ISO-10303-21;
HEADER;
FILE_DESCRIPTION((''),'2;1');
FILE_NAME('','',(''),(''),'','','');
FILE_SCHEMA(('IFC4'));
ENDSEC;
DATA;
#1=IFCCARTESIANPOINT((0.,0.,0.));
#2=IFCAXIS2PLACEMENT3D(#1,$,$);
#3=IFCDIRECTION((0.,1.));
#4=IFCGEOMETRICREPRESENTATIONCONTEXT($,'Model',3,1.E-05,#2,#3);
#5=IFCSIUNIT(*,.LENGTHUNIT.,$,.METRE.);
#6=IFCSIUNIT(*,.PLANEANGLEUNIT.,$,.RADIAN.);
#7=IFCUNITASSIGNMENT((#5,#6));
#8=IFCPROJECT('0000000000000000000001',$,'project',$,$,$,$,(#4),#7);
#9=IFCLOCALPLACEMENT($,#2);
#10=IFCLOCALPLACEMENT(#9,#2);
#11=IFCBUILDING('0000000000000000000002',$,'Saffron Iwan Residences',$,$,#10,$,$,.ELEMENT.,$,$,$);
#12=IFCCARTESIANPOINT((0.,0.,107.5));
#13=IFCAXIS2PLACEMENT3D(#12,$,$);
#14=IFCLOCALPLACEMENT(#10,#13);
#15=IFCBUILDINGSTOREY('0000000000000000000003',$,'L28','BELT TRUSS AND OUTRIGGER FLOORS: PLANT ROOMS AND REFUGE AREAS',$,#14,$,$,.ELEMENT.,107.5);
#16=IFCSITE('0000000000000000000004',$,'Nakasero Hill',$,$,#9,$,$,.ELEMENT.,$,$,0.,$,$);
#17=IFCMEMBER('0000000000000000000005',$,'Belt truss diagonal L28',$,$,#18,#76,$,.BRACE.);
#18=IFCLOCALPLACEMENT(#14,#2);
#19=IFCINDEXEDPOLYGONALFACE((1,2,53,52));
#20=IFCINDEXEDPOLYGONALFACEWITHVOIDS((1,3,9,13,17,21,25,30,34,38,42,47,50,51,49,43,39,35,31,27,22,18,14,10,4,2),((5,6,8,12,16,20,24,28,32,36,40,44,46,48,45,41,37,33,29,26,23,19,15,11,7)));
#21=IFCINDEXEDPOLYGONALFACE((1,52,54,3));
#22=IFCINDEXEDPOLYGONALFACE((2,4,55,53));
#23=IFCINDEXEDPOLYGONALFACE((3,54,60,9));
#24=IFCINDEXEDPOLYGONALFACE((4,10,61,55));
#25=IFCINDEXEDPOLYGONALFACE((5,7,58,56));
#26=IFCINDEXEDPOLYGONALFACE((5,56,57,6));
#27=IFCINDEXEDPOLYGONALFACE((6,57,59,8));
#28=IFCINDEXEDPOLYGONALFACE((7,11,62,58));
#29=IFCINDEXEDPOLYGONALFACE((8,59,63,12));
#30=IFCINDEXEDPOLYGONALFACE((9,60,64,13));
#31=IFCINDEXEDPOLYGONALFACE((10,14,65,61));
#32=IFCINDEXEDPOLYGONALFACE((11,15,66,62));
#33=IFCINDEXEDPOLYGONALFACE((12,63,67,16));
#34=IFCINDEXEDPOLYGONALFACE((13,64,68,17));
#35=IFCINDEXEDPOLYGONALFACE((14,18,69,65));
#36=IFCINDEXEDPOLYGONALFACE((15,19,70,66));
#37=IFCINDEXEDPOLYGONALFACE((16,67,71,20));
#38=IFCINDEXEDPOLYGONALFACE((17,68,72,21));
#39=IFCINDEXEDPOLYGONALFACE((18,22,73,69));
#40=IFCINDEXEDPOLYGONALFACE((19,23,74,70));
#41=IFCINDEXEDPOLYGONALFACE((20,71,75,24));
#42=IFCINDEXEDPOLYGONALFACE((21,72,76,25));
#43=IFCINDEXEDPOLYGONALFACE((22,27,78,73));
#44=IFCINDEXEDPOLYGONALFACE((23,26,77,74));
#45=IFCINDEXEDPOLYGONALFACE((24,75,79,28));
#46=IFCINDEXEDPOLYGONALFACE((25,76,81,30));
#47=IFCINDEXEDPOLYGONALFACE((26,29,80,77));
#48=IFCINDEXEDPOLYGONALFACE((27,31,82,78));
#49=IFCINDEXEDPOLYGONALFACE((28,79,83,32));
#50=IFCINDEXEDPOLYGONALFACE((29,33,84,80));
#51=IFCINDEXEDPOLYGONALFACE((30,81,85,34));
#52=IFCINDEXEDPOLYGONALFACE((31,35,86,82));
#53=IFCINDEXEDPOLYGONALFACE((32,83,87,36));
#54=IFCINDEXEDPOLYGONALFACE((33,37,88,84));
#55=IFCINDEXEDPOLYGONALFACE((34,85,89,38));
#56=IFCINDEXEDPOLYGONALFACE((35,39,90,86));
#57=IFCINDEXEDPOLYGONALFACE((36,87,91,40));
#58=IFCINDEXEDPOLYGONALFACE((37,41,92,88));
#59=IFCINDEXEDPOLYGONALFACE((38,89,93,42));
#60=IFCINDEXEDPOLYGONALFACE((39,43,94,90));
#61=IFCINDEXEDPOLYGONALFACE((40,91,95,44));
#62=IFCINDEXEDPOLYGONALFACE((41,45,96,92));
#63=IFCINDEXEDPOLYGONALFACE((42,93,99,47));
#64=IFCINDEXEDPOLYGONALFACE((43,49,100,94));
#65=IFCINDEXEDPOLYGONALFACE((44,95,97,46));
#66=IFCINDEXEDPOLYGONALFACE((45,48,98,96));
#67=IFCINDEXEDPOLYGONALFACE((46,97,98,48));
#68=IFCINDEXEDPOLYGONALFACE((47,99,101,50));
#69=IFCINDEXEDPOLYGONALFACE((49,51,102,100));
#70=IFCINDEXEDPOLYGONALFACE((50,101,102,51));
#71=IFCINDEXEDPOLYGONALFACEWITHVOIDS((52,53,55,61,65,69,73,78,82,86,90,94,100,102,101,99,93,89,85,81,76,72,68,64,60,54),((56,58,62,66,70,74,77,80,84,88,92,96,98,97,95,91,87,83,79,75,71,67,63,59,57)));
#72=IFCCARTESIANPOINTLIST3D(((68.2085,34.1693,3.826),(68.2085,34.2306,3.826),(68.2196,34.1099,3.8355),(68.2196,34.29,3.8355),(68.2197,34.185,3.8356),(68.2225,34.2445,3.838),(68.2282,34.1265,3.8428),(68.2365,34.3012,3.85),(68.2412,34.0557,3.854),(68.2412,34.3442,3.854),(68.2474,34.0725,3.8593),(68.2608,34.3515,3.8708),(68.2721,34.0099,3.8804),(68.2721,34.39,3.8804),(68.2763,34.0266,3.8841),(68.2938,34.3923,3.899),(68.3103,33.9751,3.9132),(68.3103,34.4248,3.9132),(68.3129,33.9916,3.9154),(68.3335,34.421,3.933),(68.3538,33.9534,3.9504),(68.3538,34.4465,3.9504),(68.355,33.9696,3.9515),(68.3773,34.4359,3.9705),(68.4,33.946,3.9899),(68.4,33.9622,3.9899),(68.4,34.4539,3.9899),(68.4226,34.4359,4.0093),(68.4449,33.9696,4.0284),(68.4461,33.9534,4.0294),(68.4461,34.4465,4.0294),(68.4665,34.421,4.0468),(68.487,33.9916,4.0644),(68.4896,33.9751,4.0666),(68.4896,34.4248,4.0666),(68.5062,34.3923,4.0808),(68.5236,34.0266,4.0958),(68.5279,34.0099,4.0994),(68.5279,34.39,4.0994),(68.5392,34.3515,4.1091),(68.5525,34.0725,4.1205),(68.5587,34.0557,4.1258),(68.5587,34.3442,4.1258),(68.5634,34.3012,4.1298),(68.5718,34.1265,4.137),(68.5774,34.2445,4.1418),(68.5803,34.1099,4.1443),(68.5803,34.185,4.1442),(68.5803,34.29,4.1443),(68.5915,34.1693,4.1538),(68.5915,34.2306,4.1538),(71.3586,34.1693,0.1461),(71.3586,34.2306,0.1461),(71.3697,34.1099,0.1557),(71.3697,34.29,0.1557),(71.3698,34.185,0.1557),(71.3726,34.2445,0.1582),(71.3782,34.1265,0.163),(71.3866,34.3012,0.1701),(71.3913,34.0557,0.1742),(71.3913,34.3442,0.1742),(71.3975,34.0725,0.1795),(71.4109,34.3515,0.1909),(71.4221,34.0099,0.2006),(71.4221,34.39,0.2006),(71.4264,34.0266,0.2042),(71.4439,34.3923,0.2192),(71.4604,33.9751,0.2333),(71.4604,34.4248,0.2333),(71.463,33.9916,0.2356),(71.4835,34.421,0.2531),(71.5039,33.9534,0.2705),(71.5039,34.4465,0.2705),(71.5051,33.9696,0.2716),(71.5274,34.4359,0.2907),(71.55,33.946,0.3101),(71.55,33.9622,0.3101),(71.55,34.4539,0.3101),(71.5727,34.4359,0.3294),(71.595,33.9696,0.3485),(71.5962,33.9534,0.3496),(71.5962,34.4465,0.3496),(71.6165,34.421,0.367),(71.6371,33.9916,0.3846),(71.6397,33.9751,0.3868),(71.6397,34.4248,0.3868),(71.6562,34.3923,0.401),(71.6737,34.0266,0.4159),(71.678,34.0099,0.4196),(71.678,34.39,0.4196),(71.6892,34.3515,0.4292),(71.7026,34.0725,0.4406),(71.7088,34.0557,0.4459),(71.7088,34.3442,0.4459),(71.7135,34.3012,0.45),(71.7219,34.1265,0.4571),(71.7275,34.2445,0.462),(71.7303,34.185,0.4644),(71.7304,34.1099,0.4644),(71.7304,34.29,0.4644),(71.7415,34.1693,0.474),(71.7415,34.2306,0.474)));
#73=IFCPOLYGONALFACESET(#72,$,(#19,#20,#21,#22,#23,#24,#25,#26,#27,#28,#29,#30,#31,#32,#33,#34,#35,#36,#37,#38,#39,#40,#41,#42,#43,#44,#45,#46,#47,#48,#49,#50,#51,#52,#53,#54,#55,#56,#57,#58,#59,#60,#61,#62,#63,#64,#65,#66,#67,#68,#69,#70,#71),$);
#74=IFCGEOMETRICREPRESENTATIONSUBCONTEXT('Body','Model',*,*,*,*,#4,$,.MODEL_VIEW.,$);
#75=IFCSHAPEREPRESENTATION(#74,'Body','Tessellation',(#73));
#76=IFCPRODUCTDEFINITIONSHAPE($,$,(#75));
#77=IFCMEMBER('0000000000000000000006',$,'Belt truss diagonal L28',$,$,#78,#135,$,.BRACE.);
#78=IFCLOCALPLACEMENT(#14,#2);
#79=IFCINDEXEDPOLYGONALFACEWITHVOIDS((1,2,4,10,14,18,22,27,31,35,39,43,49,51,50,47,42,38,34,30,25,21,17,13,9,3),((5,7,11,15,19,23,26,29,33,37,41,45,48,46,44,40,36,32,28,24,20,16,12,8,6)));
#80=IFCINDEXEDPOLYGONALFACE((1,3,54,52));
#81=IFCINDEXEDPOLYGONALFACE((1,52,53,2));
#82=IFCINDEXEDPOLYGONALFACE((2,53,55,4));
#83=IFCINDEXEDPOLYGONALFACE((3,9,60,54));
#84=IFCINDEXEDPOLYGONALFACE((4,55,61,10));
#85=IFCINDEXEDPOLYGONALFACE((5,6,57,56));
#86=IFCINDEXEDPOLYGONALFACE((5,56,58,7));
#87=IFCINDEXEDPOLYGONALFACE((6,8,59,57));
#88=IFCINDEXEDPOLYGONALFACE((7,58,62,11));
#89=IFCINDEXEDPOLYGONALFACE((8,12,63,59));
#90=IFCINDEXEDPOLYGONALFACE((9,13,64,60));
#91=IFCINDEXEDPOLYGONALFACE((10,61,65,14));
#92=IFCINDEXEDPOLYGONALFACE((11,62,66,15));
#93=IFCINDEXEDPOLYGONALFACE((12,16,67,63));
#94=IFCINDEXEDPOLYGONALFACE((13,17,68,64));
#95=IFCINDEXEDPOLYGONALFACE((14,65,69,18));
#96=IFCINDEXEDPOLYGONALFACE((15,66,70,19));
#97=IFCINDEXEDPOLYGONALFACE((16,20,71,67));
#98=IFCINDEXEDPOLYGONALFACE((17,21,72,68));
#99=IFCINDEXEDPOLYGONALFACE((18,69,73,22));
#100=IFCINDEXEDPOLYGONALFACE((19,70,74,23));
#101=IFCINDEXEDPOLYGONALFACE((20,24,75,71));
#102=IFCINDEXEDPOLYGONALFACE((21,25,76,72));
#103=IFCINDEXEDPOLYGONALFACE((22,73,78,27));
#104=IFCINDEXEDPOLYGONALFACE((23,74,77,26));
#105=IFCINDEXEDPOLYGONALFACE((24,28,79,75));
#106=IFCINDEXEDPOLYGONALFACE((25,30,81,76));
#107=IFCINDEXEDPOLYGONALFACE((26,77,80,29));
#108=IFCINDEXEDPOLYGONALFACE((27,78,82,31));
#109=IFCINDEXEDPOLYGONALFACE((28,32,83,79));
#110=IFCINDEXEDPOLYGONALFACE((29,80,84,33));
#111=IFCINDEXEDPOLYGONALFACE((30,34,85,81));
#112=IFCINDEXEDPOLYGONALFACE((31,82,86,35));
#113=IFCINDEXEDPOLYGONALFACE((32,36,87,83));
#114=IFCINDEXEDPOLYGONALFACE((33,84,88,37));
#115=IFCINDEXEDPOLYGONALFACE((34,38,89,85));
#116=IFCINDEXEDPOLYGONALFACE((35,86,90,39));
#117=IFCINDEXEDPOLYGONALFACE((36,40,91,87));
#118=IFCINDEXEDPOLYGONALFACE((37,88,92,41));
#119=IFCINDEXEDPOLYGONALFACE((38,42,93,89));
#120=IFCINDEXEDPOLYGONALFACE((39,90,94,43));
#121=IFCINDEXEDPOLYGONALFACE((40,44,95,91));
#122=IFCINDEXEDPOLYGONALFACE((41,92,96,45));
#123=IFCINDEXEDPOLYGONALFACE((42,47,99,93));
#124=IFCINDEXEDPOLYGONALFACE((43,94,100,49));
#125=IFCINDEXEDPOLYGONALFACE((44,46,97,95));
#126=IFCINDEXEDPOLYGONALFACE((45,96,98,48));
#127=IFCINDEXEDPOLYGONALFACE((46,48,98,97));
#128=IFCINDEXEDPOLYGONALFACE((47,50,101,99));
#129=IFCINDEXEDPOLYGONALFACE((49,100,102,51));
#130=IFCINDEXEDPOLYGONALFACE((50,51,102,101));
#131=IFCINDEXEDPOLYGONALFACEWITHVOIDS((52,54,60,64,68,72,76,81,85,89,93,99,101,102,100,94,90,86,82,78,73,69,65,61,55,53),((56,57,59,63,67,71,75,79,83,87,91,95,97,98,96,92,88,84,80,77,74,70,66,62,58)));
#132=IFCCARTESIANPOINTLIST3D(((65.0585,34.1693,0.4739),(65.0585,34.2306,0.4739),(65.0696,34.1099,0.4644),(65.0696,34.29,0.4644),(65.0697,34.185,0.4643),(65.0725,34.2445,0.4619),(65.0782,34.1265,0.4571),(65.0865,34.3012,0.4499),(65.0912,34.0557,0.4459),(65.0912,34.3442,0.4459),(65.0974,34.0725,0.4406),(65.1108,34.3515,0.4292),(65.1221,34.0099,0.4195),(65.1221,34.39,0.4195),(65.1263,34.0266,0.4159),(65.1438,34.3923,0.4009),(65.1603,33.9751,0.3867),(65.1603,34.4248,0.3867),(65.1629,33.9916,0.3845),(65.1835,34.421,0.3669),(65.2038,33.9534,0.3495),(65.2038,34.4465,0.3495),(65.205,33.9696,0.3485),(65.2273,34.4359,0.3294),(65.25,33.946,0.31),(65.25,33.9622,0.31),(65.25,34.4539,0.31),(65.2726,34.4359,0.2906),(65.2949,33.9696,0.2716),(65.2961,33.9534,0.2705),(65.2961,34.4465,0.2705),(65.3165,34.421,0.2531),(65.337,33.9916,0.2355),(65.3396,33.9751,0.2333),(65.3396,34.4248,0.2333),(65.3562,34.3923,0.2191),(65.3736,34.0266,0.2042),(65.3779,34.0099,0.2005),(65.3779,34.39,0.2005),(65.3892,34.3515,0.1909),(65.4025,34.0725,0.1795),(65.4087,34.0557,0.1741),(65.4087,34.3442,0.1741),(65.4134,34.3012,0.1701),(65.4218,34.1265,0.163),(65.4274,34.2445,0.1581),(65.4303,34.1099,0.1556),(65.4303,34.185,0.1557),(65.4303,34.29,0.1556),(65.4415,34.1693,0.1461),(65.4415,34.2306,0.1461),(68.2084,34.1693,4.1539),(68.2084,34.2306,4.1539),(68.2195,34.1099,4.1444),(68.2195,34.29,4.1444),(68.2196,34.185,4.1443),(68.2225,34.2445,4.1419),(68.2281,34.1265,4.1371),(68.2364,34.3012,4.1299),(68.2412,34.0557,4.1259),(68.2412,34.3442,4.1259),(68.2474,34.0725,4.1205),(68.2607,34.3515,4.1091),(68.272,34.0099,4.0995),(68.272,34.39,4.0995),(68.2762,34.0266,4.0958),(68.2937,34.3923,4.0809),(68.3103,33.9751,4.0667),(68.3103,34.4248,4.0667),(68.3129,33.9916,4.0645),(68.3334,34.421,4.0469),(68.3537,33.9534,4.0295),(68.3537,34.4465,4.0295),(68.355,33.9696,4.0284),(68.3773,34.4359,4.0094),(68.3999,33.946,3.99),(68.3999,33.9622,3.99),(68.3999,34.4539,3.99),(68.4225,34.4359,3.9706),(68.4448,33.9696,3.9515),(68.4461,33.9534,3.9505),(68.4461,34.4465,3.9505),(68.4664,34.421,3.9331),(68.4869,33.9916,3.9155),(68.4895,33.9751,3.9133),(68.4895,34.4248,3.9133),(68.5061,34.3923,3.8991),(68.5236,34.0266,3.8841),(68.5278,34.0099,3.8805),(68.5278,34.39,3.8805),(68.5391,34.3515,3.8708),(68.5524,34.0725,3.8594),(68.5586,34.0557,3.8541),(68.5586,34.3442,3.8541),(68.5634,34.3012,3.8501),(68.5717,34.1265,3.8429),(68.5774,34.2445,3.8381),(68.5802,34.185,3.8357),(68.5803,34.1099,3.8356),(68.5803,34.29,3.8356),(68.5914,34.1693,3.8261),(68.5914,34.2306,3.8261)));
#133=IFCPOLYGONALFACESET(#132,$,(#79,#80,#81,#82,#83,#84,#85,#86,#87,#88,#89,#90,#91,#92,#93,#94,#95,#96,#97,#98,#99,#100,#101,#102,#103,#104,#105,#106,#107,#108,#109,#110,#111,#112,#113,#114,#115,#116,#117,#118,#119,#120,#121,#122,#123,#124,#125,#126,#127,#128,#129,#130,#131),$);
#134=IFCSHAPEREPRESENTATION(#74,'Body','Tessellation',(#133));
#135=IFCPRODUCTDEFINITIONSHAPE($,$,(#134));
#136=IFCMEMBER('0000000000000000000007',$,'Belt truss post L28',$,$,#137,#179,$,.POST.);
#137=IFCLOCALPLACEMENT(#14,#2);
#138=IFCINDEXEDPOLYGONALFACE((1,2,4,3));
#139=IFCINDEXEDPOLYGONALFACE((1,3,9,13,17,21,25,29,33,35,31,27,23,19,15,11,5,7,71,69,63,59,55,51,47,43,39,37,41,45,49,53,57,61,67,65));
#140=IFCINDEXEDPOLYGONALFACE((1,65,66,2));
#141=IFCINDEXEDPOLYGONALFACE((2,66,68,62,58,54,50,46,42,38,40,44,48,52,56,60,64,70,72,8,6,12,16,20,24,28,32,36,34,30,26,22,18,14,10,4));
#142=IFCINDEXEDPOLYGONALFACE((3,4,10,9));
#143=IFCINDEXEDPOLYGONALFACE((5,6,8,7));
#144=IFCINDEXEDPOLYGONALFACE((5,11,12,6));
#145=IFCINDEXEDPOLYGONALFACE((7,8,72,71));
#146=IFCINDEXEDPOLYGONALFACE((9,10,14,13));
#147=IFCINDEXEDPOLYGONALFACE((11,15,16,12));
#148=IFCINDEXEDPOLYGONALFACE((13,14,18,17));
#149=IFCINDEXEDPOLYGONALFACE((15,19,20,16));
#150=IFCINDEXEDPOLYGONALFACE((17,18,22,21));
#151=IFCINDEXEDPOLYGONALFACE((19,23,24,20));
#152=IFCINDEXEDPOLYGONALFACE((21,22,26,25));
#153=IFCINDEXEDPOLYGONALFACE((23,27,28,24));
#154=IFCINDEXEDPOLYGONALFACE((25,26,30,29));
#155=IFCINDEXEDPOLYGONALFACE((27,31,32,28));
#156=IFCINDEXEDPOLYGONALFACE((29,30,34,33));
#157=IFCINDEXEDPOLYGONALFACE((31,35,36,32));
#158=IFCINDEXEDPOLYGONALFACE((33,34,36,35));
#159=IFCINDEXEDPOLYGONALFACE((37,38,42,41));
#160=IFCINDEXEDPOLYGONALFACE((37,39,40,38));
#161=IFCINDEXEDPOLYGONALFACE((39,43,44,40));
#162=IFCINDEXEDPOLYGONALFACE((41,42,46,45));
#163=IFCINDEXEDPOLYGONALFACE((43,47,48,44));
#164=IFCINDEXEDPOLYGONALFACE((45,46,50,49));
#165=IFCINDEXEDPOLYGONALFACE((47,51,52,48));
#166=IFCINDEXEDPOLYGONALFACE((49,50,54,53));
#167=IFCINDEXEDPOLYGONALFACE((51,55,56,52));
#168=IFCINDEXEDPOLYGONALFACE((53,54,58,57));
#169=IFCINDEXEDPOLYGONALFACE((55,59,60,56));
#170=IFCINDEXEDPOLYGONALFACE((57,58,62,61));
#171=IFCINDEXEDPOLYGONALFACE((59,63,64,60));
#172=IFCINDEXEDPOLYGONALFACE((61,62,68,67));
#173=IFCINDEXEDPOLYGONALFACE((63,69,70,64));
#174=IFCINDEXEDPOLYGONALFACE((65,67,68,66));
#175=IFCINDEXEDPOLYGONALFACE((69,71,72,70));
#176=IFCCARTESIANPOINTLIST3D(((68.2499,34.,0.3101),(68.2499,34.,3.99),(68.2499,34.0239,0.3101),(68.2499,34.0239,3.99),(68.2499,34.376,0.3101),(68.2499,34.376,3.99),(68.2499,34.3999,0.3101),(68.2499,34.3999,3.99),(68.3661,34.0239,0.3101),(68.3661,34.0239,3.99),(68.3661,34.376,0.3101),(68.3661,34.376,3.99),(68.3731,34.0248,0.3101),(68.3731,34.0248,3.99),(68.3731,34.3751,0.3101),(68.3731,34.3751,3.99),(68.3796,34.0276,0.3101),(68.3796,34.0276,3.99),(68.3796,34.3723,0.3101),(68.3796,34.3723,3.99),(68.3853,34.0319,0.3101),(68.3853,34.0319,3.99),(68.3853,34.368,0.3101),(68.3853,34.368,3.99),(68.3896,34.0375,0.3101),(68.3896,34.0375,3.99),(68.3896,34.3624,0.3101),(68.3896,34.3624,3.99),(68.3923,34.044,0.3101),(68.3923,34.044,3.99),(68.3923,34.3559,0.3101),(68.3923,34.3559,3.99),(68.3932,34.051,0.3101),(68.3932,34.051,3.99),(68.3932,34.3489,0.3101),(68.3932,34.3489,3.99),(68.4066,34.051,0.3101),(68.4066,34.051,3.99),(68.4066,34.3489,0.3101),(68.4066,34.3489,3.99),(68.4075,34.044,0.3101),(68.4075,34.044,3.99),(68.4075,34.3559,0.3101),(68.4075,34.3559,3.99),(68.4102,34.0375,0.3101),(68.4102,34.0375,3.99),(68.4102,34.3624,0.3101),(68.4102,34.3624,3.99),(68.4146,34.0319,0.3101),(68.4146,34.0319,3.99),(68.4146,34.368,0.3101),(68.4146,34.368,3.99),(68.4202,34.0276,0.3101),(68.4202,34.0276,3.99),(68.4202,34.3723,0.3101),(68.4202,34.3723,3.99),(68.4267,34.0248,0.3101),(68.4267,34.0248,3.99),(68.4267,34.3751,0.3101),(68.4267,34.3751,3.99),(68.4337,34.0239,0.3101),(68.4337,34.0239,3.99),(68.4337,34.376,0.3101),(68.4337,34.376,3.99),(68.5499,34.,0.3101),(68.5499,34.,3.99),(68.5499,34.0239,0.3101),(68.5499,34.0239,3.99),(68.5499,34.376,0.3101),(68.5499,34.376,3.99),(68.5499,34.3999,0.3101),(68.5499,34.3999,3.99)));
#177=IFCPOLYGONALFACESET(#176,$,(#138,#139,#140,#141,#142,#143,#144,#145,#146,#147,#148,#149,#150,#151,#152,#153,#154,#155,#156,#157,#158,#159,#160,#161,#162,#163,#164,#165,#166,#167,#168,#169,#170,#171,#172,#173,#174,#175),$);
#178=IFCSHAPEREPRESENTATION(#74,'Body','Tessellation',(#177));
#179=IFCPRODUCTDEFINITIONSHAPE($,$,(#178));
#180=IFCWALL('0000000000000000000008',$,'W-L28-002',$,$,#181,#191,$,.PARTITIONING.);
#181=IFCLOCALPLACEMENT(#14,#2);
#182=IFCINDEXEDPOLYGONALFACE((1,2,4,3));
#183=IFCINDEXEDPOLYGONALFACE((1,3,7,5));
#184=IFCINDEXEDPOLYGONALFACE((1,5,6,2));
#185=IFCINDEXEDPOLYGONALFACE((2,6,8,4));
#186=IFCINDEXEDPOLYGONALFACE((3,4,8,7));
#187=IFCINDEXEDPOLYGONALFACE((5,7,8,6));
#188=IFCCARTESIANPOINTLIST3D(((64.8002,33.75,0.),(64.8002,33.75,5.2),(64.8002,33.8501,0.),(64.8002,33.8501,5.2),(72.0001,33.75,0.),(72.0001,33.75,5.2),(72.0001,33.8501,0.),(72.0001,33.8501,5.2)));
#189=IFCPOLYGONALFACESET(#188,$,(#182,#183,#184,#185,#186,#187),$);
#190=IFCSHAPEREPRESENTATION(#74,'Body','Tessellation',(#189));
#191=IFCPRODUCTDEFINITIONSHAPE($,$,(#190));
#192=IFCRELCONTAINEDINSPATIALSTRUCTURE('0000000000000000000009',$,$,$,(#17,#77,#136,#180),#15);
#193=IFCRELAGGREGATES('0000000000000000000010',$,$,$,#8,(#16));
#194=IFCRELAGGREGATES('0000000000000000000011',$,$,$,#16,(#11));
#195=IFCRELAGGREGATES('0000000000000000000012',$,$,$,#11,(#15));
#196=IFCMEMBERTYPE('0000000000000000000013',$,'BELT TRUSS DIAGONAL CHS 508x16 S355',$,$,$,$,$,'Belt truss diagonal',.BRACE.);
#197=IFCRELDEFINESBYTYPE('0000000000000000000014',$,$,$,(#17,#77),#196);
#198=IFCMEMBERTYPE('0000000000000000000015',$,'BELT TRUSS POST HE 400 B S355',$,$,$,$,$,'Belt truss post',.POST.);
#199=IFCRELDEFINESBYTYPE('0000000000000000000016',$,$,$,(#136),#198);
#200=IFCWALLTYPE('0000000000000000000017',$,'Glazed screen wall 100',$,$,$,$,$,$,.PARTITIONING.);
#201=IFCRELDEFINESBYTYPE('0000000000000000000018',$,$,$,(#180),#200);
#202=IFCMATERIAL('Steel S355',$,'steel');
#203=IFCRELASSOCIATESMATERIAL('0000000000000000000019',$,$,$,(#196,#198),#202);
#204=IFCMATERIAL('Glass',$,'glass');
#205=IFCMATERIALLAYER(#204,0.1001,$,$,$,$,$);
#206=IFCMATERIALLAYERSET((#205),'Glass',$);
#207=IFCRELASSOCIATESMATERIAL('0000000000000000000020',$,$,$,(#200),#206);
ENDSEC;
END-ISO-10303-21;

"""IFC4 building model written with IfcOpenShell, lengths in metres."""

from ifc_helpers import new_model, si_unit, direction, frame, frame_2d, origin, origin_2d, place, context, subcontext, project, spatial, rectangle, hollow_circle, i_section, extrude, source, transform, mapped, material, layer, layer_set, material_profile, profile_set, type_object, element, save


model = new_model("IFC4")

# Units and contexts
model_context = context("Model", 3, precision=1e-05, world=origin(), true_north=direction((0.0, 1.0)))
body_context = subcontext(model_context, "Body", "Model", "MODEL_VIEW")
ifc_project = project(units=[si_unit("LENGTHUNIT", "METRE"), si_unit("PLANEANGLEUNIT", "RADIAN")], contexts=[model_context])

# Site, building, storey
site_placement = place(None, origin())
site = spatial("IfcSite", under=ifc_project, at=site_placement, Name="Nakasero Hill", CompositionType="ELEMENT", RefElevation=0.0)
building_placement = place(site_placement, origin())
building = spatial("IfcBuilding", under=site, at=building_placement, Name="Saffron Iwan Residences", CompositionType="ELEMENT")
storey_placement = place(building_placement, frame((0.0, 0.0, 107.5)))
storey = spatial("IfcBuildingStorey", under=building, at=storey_placement, Name="L28", Description="BELT TRUSS AND OUTRIGGER FLOORS: PLANT ROOMS AND REFUGE AREAS", CompositionType="ELEMENT", Elevation=107.5)

# Members
ifc_material_1 = material(Name="Steel S355", Category="steel")
ifc_material_profile_1 = material_profile(ifc_material_1, hollow_circle(Radius=0.2539, WallThickness=0.0161, at=origin_2d()), Name="CHS 508x16")
ifc_profile_set_1 = profile_set([ifc_material_profile_1], Name="Steel S355")
member_type_1 = type_object("IfcMemberType", Name="BELT TRUSS DIAGONAL CHS 508x16 S355", ElementType="Belt truss diagonal", PredefinedType="BRACE", material=ifc_profile_set_1)
shared_shape_1 = source(origin(), body_context, "Body", "SweptSolid", [
    extrude(hollow_circle(Radius=0.2539, WallThickness=0.0161, at=origin_2d()), origin(), (0.0, 0.0, 1.0), 4.844),
])
for number, where, z_axis, x_axis, name in (
    (1, (71.55, 34.2, 0.3101), (-0.650306, 0.0, 0.759673), (0.0, -1.0, 0.0), "Belt truss diagonal L28"),
    (2, (68.3999, 34.2, 3.99), (-0.650277, 0.0, -0.759698), (0.0, -1.0, 0.0), "Belt truss diagonal L28"),
):
    element("IfcMember", number, at=place(storey_placement, frame(where, z_axis=z_axis, x_axis=x_axis)), inside=storey, type_object=member_type_1, Name=name, PredefinedType="BRACE", context=body_context, shape_type="MappedRepresentation", body=[
        mapped(shared_shape_1, transform((0.0, 0.0, 0.0))),
    ])
ifc_material_profile_2 = material_profile(ifc_material_1, i_section(OverallWidth=0.3, OverallDepth=0.3999, WebThickness=0.0134, FlangeThickness=0.0239, FilletRadius=0.0271, at=origin_2d()), Name="HE 400 B")
ifc_profile_set_2 = profile_set([ifc_material_profile_2], Name="Steel S355")
member_type_2 = type_object("IfcMemberType", Name="BELT TRUSS POST HE 400 B S355", ElementType="Belt truss post", PredefinedType="POST", material=ifc_profile_set_2)
shared_shape_2 = source(origin(), body_context, "Body", "SweptSolid", [
    extrude(i_section(OverallWidth=0.3, OverallDepth=0.3999, WebThickness=0.0134, FlangeThickness=0.0239, FilletRadius=0.0271, at=origin_2d()), origin(), (0.0, 0.0, 1.0), 3.6799),
])
member_placement = place(storey_placement, frame((68.3999, 34.2, 0.3101), z_axis=(0.0, 0.0, 1.0), x_axis=(1.0, 0.0, 0.0)))
element("IfcMember", 3, at=member_placement, inside=storey, type_object=member_type_2, Name="Belt truss post L28", PredefinedType="POST", context=body_context, shape_type="MappedRepresentation", body=[
    mapped(shared_shape_2, transform((0.0, 0.0, 0.0))),
])

# Wall
ifc_material_2 = material(Name="Glass", Category="glass")
ifc_layer = layer(ifc_material_2, 0.1001)
ifc_layer_set = layer_set([ifc_layer], Name="Glass")
wall_type = type_object("IfcWallType", Name="Glazed screen wall 100", PredefinedType="PARTITIONING", material=ifc_layer_set)
for number, where, z_axis, x_axis, name in (
    (4, (64.8, 33.8, 0.0), (0.0, 0.0, 1.0), (1.0, 0.0, 0.0), "W-L28-002"),
):
    element("IfcWall", number, at=place(storey_placement, frame(where, z_axis=z_axis, x_axis=x_axis)), inside=storey, type_object=wall_type, Name=name, PredefinedType="PARTITIONING", context=body_context, shape_type="SweptSolid", body=[
        extrude(rectangle(XDim=7.2, YDim=0.1001, at=frame_2d((3.6001, 0.0))), origin(), (0.0, 0.0, 1.0), 5.2),
    ])

save(model, "model.ifc")
